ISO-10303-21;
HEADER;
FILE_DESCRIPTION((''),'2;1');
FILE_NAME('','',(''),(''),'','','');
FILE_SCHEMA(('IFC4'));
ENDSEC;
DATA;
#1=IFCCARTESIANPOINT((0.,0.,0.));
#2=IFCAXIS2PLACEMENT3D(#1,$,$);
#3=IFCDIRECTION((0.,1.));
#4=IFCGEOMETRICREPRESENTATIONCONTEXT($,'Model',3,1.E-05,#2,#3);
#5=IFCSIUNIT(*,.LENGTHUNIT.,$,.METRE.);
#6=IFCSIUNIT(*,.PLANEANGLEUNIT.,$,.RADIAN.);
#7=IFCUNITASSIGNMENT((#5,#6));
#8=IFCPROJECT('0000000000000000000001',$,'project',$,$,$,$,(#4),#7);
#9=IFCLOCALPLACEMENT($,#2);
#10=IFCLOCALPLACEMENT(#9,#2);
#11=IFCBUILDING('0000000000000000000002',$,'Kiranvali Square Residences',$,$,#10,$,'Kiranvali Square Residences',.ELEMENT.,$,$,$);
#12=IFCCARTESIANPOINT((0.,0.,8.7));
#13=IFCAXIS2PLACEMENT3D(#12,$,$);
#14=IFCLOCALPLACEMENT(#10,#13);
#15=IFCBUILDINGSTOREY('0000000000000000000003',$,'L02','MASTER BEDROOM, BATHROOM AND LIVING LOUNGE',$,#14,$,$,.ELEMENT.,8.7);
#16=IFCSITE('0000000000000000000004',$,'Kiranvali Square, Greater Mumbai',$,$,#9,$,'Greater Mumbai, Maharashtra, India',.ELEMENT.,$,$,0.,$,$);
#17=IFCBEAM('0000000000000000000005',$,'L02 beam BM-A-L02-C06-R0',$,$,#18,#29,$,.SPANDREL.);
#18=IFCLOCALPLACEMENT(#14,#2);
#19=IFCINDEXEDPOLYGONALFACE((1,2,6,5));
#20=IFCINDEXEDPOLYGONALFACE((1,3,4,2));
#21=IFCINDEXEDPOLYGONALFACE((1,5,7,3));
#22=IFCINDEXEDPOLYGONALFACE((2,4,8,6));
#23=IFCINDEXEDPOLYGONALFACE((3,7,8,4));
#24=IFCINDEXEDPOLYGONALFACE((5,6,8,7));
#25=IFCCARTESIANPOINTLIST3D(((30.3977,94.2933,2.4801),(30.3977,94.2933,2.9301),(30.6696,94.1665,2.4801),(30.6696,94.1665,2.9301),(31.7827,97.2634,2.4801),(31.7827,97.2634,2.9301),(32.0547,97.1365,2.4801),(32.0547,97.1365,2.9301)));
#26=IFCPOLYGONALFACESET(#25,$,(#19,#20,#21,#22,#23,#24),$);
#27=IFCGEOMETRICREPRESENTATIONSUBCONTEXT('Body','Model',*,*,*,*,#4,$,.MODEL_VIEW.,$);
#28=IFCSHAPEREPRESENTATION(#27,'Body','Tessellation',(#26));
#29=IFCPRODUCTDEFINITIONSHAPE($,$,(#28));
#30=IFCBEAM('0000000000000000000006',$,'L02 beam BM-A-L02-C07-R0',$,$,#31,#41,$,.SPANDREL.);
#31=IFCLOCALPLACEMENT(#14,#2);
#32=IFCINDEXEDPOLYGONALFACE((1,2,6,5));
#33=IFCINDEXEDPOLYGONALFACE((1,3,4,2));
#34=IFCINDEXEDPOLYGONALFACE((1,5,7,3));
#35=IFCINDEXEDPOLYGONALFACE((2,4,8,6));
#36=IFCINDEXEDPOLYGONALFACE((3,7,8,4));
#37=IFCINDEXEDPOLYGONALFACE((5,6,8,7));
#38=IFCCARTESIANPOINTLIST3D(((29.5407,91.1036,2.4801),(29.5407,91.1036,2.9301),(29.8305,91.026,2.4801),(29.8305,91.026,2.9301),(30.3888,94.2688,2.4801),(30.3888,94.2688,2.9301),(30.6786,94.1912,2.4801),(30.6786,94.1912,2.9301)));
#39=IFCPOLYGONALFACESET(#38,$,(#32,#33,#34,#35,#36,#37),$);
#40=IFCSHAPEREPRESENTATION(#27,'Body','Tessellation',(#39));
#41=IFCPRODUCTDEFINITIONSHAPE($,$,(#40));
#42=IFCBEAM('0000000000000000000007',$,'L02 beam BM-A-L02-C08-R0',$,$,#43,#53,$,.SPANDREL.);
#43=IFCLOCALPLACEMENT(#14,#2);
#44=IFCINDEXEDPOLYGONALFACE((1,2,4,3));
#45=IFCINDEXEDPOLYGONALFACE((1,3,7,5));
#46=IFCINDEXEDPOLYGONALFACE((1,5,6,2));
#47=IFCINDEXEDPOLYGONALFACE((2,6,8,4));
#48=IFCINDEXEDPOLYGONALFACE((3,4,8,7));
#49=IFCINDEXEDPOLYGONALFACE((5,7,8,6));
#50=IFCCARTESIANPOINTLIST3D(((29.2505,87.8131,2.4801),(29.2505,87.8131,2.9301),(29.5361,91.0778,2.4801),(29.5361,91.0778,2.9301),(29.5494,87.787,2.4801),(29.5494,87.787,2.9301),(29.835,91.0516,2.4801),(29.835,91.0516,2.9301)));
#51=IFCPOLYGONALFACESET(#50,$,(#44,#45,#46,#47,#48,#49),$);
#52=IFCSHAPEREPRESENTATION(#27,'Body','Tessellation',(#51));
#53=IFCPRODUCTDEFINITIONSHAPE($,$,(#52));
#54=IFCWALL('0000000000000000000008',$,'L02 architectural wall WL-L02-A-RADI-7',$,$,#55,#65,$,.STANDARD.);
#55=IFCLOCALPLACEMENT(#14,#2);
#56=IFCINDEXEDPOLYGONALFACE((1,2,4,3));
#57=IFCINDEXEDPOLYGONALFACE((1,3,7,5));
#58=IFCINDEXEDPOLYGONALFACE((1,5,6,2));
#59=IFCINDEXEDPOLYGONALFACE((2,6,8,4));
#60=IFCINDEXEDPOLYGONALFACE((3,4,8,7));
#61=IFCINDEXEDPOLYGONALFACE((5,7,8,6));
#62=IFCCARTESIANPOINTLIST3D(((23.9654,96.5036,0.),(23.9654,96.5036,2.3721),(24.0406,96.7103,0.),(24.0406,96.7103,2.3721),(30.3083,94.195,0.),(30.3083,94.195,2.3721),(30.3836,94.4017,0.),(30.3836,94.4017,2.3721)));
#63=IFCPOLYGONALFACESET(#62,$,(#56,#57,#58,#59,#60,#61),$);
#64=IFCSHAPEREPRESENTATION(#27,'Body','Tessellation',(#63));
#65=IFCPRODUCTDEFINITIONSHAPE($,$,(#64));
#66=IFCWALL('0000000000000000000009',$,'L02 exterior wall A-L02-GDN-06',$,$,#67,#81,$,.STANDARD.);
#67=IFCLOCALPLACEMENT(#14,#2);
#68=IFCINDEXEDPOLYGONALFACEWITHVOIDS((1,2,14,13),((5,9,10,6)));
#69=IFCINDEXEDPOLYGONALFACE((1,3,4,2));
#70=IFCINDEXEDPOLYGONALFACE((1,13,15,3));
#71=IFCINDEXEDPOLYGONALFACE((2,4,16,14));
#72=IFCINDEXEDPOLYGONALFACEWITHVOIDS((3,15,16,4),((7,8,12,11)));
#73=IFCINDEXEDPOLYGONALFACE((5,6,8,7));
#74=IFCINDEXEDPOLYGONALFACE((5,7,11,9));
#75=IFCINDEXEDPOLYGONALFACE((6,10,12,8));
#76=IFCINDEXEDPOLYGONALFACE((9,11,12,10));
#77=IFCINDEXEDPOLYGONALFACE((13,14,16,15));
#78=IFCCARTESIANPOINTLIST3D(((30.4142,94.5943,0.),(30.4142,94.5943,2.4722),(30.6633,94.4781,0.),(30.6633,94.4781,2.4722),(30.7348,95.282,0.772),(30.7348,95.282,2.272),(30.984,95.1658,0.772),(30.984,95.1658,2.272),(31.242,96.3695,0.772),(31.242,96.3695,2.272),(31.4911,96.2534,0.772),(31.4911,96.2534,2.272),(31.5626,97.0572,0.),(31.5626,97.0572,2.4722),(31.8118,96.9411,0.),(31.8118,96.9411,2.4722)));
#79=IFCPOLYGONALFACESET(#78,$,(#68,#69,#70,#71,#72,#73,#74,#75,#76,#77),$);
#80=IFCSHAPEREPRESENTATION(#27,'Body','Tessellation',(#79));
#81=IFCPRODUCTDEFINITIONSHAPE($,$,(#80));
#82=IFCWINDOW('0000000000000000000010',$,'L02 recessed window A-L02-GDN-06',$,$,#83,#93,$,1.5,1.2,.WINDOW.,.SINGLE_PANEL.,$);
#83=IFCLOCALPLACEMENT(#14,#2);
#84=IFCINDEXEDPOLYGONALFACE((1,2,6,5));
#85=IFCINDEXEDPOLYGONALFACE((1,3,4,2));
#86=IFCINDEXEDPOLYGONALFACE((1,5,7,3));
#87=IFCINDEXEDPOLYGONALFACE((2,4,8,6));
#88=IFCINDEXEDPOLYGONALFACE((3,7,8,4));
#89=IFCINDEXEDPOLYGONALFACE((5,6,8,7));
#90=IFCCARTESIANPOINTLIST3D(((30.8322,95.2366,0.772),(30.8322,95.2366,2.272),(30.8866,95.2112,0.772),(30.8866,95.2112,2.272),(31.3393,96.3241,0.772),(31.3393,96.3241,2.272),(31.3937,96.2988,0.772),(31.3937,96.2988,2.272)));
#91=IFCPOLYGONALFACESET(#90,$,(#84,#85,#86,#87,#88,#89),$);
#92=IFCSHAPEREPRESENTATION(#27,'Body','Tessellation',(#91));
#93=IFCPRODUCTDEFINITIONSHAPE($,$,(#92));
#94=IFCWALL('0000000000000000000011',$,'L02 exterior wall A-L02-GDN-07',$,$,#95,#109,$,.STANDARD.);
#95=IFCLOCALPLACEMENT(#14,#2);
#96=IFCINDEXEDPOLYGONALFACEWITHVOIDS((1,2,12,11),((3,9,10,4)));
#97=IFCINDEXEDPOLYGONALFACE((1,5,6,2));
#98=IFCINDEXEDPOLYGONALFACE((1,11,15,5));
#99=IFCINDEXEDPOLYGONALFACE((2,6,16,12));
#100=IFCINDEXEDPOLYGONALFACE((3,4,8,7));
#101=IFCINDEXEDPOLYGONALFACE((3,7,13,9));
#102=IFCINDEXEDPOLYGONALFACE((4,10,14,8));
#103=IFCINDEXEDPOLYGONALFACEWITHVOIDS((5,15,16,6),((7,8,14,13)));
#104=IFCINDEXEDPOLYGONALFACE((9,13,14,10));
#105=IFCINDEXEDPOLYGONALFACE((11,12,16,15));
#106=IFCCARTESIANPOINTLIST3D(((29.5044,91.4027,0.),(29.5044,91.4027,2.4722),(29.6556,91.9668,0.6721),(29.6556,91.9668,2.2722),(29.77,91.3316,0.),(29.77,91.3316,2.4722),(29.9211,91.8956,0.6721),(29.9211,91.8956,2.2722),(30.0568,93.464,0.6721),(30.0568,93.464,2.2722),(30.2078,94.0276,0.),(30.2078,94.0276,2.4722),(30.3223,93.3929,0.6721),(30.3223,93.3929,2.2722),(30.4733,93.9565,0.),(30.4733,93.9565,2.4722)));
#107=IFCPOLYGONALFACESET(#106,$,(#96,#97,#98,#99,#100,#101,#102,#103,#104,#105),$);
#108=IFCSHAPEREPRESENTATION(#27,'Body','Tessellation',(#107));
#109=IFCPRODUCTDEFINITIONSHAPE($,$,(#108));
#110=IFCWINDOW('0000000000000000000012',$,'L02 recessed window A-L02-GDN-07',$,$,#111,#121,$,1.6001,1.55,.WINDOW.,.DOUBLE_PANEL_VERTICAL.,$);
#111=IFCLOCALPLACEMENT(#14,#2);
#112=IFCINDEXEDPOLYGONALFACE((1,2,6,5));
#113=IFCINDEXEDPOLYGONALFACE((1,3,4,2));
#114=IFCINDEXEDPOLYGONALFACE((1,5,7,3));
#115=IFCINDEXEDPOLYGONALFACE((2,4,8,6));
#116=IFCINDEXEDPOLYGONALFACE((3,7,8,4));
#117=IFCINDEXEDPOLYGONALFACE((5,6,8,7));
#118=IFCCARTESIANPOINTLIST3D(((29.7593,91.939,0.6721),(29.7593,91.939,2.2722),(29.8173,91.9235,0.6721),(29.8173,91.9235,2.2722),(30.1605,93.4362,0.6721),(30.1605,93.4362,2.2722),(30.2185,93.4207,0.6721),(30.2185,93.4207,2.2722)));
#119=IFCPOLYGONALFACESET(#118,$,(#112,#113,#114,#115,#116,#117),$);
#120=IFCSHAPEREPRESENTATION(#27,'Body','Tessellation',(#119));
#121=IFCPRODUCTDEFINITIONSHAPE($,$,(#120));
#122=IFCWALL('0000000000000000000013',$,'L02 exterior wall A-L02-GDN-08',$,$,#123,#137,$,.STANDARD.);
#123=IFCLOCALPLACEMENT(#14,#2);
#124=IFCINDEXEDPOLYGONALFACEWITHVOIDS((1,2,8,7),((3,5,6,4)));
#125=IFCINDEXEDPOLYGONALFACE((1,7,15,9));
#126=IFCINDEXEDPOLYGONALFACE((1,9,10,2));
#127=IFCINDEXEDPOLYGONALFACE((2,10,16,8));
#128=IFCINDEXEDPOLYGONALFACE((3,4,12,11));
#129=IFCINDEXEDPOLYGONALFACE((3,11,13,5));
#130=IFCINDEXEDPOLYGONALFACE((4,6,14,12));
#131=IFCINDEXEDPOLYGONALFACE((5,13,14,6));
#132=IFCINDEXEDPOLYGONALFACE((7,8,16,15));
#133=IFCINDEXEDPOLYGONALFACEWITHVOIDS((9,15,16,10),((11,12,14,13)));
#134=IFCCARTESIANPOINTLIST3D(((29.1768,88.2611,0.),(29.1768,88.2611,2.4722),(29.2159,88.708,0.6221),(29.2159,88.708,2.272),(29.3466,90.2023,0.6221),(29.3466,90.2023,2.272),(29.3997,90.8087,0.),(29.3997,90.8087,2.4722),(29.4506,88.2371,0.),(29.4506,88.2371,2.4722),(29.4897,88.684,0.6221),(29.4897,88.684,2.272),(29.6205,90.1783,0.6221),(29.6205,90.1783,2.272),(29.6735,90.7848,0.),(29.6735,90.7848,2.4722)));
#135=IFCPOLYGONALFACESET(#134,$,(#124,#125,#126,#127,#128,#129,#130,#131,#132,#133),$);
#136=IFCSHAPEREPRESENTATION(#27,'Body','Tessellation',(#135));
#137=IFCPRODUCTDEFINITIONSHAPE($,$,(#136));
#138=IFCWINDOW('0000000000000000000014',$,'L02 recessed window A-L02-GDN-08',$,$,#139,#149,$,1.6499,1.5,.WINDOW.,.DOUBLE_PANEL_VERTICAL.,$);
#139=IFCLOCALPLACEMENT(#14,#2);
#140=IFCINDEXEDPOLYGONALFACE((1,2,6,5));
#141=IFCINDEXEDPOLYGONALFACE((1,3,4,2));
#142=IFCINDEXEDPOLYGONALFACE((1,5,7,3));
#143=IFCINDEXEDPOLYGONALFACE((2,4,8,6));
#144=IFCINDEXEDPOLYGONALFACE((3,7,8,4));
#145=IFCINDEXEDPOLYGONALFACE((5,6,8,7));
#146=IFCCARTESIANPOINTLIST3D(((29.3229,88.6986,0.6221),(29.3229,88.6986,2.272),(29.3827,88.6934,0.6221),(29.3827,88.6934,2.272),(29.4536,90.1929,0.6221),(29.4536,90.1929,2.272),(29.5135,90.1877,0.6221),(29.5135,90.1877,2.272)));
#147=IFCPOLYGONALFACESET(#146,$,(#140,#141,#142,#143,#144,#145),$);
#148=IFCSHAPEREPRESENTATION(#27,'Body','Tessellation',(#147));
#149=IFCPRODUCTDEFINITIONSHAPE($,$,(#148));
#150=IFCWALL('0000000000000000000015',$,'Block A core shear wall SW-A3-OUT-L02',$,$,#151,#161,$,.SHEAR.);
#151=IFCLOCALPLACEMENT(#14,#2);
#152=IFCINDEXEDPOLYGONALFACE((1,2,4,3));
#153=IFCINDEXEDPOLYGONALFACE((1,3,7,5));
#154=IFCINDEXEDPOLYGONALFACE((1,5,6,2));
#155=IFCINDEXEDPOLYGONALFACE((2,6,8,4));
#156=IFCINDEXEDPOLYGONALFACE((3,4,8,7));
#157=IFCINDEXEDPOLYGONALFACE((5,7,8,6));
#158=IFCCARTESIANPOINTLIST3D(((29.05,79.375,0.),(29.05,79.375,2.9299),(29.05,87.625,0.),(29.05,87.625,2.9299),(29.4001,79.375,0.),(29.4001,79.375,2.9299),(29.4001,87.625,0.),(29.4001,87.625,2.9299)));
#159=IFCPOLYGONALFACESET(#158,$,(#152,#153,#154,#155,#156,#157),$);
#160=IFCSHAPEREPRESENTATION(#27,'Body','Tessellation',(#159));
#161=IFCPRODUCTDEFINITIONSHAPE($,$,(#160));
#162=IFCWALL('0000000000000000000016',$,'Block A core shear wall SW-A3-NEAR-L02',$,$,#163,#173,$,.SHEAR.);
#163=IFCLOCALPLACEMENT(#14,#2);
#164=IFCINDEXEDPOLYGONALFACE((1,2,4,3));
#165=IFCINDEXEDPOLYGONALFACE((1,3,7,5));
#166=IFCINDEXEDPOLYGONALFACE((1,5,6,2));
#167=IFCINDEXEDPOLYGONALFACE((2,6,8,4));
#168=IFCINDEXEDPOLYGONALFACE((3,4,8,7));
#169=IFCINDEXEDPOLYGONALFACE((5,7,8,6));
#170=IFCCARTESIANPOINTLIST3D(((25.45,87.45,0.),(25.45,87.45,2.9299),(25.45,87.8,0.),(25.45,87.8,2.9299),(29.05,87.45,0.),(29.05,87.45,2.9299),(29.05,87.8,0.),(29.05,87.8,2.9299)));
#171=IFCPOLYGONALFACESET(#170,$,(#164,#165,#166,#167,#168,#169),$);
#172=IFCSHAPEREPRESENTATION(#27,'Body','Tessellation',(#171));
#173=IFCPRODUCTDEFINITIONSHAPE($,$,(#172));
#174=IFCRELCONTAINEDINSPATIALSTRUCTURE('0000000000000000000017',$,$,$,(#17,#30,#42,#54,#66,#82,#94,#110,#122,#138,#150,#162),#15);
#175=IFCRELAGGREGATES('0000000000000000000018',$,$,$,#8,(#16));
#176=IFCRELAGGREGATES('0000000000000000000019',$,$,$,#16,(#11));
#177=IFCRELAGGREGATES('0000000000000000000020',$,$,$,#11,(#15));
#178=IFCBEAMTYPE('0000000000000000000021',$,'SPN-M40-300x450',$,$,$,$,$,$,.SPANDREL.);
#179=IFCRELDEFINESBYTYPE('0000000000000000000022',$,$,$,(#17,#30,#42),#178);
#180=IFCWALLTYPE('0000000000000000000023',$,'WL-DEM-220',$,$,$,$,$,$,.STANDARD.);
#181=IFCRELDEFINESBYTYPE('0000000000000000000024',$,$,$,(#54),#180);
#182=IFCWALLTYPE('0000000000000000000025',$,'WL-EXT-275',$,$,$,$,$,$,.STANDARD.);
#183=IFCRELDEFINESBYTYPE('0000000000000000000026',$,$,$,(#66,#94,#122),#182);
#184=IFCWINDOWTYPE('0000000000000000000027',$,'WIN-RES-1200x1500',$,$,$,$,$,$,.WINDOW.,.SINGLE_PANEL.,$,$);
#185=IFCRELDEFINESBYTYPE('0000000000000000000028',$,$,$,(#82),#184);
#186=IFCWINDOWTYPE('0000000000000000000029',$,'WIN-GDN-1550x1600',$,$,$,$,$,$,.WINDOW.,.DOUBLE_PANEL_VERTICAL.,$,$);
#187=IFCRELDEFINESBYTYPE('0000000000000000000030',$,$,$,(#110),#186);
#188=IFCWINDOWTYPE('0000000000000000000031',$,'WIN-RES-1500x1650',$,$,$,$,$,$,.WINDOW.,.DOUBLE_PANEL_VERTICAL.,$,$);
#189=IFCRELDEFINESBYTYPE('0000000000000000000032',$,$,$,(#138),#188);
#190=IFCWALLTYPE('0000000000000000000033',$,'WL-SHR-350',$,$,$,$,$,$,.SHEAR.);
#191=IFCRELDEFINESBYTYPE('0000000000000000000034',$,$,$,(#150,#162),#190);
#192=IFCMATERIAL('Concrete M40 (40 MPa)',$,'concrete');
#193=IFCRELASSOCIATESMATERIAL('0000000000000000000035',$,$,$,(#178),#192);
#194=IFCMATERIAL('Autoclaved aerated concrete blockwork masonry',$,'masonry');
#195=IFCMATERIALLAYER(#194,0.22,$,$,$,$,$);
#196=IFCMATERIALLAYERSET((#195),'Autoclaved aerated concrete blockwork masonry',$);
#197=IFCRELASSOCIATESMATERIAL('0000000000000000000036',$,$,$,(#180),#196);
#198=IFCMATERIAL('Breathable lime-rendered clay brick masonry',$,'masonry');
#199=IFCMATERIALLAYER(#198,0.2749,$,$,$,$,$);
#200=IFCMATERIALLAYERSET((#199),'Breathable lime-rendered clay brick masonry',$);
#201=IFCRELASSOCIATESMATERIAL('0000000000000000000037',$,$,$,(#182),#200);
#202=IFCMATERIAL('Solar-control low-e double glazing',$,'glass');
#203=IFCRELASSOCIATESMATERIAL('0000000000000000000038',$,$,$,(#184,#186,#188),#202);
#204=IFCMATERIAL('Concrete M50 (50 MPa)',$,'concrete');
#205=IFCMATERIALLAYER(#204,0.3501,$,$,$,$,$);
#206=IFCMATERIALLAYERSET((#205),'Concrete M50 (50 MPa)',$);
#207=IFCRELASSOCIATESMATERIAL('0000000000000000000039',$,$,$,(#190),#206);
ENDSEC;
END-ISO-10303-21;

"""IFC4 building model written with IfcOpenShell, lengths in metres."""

from ifc_helpers import new_model, si_unit, direction, frame, frame_2d, origin, origin_2d, place, context, subcontext, project, spatial, rectangle, extrude, material, layer, layer_set, material_profile, profile_set, type_object, element, fill, save


model = new_model("IFC4")

# Units and contexts
model_context = context("Model", 3, precision=1e-05, world=origin(), true_north=direction((0.0, 1.0)))
body_context = subcontext(model_context, "Body", "Model", "MODEL_VIEW")
ifc_project = project(units=[si_unit("LENGTHUNIT", "METRE"), si_unit("PLANEANGLEUNIT", "RADIAN")], contexts=[model_context])

# Site, building, storey
site_placement = place(None, origin())
site = spatial("IfcSite", under=ifc_project, at=site_placement, Name="Kiranvali Square, Greater Mumbai", LongName="Greater Mumbai, Maharashtra, India", CompositionType="ELEMENT", RefElevation=0.0)
building_placement = place(site_placement, origin())
building = spatial("IfcBuilding", under=site, at=building_placement, Name="Kiranvali Square Residences", LongName="Kiranvali Square Residences", CompositionType="ELEMENT")
storey_placement = place(building_placement, frame((0.0, 0.0, 8.7)))
storey = spatial("IfcBuildingStorey", under=building, at=storey_placement, Name="L02", Description="MASTER BEDROOM, BATHROOM AND LIVING LOUNGE", CompositionType="ELEMENT", Elevation=8.7)

# Shared definitions
ifc_material_1 = material(Name="Concrete M50 (50 MPa)", Category="concrete")

# Beams
ifc_material_2 = material(Name="Concrete M40 (40 MPa)", Category="concrete")
ifc_material_profile_1 = material_profile(ifc_material_2, rectangle(XDim=0.3, YDim=0.45, at=origin_2d()), Name="RC 300x450")
ifc_profile_set_1 = profile_set([ifc_material_profile_1], Name="Concrete M40 (40 MPa)")
beam_type_1 = type_object("IfcBeamType", Name="SPN-M40-300x450", PredefinedType="SPANDREL", material=ifc_profile_set_1)
beam_1_placement = place(storey_placement, frame((31.9187, 97.2, 2.7051), z_axis=(-0.422641, -0.906297, 0.0), x_axis=(0.906297, -0.422641, 0.0)))
element("IfcBeam", 1, at=beam_1_placement, inside=storey, type_object=beam_type_1, Name="L02 beam BM-A-L02-C06-R0", PredefinedType="SPANDREL", context=body_context, shape_type="SweptSolid", body=[
    extrude(rectangle(XDim=0.3, YDim=0.45, at=origin_2d()), origin(), (0.0, 0.0, 1.0), 3.2771),
])
beam_2_placement = place(storey_placement, frame((30.5337, 94.23, 2.7051), z_axis=(-0.258822, -0.965925, 0.0), x_axis=(0.965925, -0.258822, 0.0)))
element("IfcBeam", 2, at=beam_2_placement, inside=storey, type_object=beam_type_1, Name="L02 beam BM-A-L02-C07-R0", PredefinedType="SPANDREL", context=body_context, shape_type="SweptSolid", body=[
    extrude(rectangle(XDim=0.3, YDim=0.45, at=origin_2d()), origin(), (0.0, 0.0, 1.0), 3.2769),
])
beam_3_placement = place(storey_placement, frame((29.6855, 91.0647, 2.7051), z_axis=(-0.087163, -0.996194, 0.0), x_axis=(0.996194, -0.087163, 0.0)))
element("IfcBeam", 3, at=beam_3_placement, inside=storey, type_object=beam_type_1, Name="L02 beam BM-A-L02-C08-R0", PredefinedType="SPANDREL", context=body_context, shape_type="SweptSolid", body=[
    extrude(rectangle(XDim=0.3, YDim=0.45, at=origin_2d()), origin(), (0.0, 0.0, 1.0), 3.2771),
])

# Wall
ifc_material_3 = material(Name="Autoclaved aerated concrete blockwork masonry", Category="masonry")
ifc_layer_1 = layer(ifc_material_3, 0.22)
ifc_layer_set_1 = layer_set([ifc_layer_1], Name="Autoclaved aerated concrete blockwork masonry")
wall_type_1 = type_object("IfcWallType", Name="WL-DEM-220", PredefinedType="STANDARD", material=ifc_layer_set_1)
wall_1_placement = place(storey_placement, frame((30.3459, 94.2983, 0.0), z_axis=(0.0, 0.0, 1.0), x_axis=(-0.939696, 0.34201, 0.0)))
element("IfcWall", 4, at=wall_1_placement, inside=storey, type_object=wall_type_1, Name="L02 architectural wall WL-L02-A-RADI-7", PredefinedType="STANDARD", context=body_context, shape_type="SweptSolid", body=[
    extrude(rectangle(XDim=6.75, YDim=0.22, at=frame_2d((3.375, 0.0))), origin(), (0.0, 0.0, 1.0), 2.3721),
])

# Walls, openings, windows
ifc_material_4 = material(Name="Breathable lime-rendered clay brick masonry", Category="masonry")
ifc_layer_2 = layer(ifc_material_4, 0.2749)
ifc_layer_set_2 = layer_set([ifc_layer_2], Name="Breathable lime-rendered clay brick masonry")
wall_type_2 = type_object("IfcWallType", Name="WL-EXT-275", PredefinedType="STANDARD", material=ifc_layer_set_2)
wall_2_placement = place(storey_placement, frame((31.6873, 96.9993, 0.0), z_axis=(0.0, 0.0, 1.0), x_axis=(-0.42261, -0.906312, 0.0)))
wall_2 = element("IfcWall", 5, at=wall_2_placement, inside=storey, type_object=wall_type_2, Name="L02 exterior wall A-L02-GDN-06", PredefinedType="STANDARD", context=body_context, shape_type="SweptSolid", body=[
    extrude(rectangle(XDim=2.7175, YDim=0.2749, at=frame_2d((1.3589, 0.0))), origin(), (0.0, 0.0, 1.0), 2.4722),
])
opening_1_placement = place(wall_2_placement, frame((0.7588, 0.0, 0.772)))
opening_1 = element("IfcOpeningElement", 6, at=opening_1_placement, cuts=wall_2, PredefinedType="OPENING", context=body_context, shape_type="SweptSolid", body=[
    extrude(rectangle(XDim=1.2, YDim=1.5, at=frame_2d((0.6001, 0.75))), frame((0.0, 0.1475, 0.0), z_axis=(0.0, -1.0, 0.0), x_axis=(1.0, 0.0, 0.0)), (0.0, 0.0, 1.0), 0.2949),
])
ifc_material_5 = material(Name="Solar-control low-e double glazing", Category="glass")
window_type_1 = type_object("IfcWindowType", Name="WIN-RES-1200x1500", PartitioningType="SINGLE_PANEL", PredefinedType="WINDOW", material=ifc_material_5)
window_1_placement = place(opening_1_placement, origin())
window_1 = element("IfcWindow", 7, at=window_1_placement, inside=storey, type_object=window_type_1, Name="L02 recessed window A-L02-GDN-06", OverallHeight=1.5, OverallWidth=1.2, PartitioningType="SINGLE_PANEL", PredefinedType="WINDOW", context=body_context, shape_type="SweptSolid", body=[
    extrude(rectangle(XDim=1.2, YDim=1.5, at=frame_2d((0.6001, 0.75))), frame((0.0, 0.03, 0.0), z_axis=(0.0, -1.0, 0.0), x_axis=(1.0, 0.0, 0.0)), (0.0, 0.0, 1.0), 0.0601),
])
fill(opening_1, window_1)
wall_3_placement = place(storey_placement, frame((30.3406, 93.9922, 0.0), z_axis=(0.0, 0.0, 1.0), x_axis=(-0.25882, -0.965926, 0.0)))
wall_3 = element("IfcWall", 8, at=wall_3_placement, inside=storey, type_object=wall_type_2, Name="L02 exterior wall A-L02-GDN-07", PredefinedType="STANDARD", context=body_context, shape_type="SweptSolid", body=[
    extrude(rectangle(XDim=2.7175, YDim=0.2749, at=frame_2d((1.3589, 0.0))), origin(), (0.0, 0.0, 1.0), 2.4722),
])
opening_2_placement = place(wall_3_placement, frame((0.5837, 0.0, 0.6721)))
opening_2 = element("IfcOpeningElement", 9, at=opening_2_placement, cuts=wall_3, PredefinedType="OPENING", context=body_context, shape_type="SweptSolid", body=[
    extrude(rectangle(XDim=1.55, YDim=1.6001, at=frame_2d((0.7749, 0.8))), frame((0.0, 0.1475, 0.0), z_axis=(0.0, -1.0, 0.0), x_axis=(1.0, 0.0, 0.0)), (0.0, 0.0, 1.0), 0.2949),
])
window_type_2 = type_object("IfcWindowType", Name="WIN-GDN-1550x1600", PartitioningType="DOUBLE_PANEL_VERTICAL", PredefinedType="WINDOW", material=ifc_material_5)
window_2_placement = place(opening_2_placement, origin())
window_2 = element("IfcWindow", 10, at=window_2_placement, inside=storey, type_object=window_type_2, Name="L02 recessed window A-L02-GDN-07", OverallHeight=1.6001, OverallWidth=1.55, PartitioningType="DOUBLE_PANEL_VERTICAL", PredefinedType="WINDOW", context=body_context, shape_type="SweptSolid", body=[
    extrude(rectangle(XDim=1.55, YDim=1.6001, at=frame_2d((0.7749, 0.8))), frame((0.0, 0.03, 0.0), z_axis=(0.0, -1.0, 0.0), x_axis=(1.0, 0.0, 0.0)), (0.0, 0.0, 1.0), 0.0601),
])
fill(opening_2, window_2)
wall_4_placement = place(storey_placement, frame((29.5366, 90.7969, 0.0), z_axis=(0.0, 0.0, 1.0), x_axis=(-0.087161, -0.996194, 0.0)))
wall_4 = element("IfcWall", 11, at=wall_4_placement, inside=storey, type_object=wall_type_2, Name="L02 exterior wall A-L02-GDN-08", PredefinedType="STANDARD", context=body_context, shape_type="SweptSolid", body=[
    extrude(rectangle(XDim=2.5574, YDim=0.2749, at=frame_2d((1.2788, 0.0))), origin(), (0.0, 0.0, 1.0), 2.4722),
])
opening_3_placement = place(wall_4_placement, frame((0.6089, 0.0, 0.6221)))
opening_3 = element("IfcOpeningElement", 12, at=opening_3_placement, cuts=wall_4, PredefinedType="OPENING", context=body_context, shape_type="SweptSolid", body=[
    extrude(rectangle(XDim=1.5, YDim=1.6499, at=frame_2d((0.75, 0.825))), frame((0.0, 0.1475, 0.0), z_axis=(0.0, -1.0, 0.0), x_axis=(1.0, 0.0, 0.0)), (0.0, 0.0, 1.0), 0.2949),
])
window_type_3 = type_object("IfcWindowType", Name="WIN-RES-1500x1650", PartitioningType="DOUBLE_PANEL_VERTICAL", PredefinedType="WINDOW", material=ifc_material_5)
window_3_placement = place(opening_3_placement, origin())
window_3 = element("IfcWindow", 13, at=window_3_placement, inside=storey, type_object=window_type_3, Name="L02 recessed window A-L02-GDN-08", OverallHeight=1.6499, OverallWidth=1.5, PartitioningType="DOUBLE_PANEL_VERTICAL", PredefinedType="WINDOW", context=body_context, shape_type="SweptSolid", body=[
    extrude(rectangle(XDim=1.5, YDim=1.6499, at=frame_2d((0.75, 0.825))), frame((0.0, 0.03, 0.0), z_axis=(0.0, -1.0, 0.0), x_axis=(1.0, 0.0, 0.0)), (0.0, 0.0, 1.0), 0.0601),
])
fill(opening_3, window_3)

# Walls
ifc_layer_3 = layer(ifc_material_1, 0.3501)
ifc_layer_set_3 = layer_set([ifc_layer_3], Name="Concrete M50 (50 MPa)")
wall_type_3 = type_object("IfcWallType", Name="WL-SHR-350", PredefinedType="SHEAR", material=ifc_layer_set_3)
wall_5_placement = place(storey_placement, frame((29.2251, 87.625, 0.0), z_axis=(0.0, 0.0, 1.0), x_axis=(0.0, -1.0, 0.0)))
element("IfcWall", 14, at=wall_5_placement, inside=storey, type_object=wall_type_3, Name="Block A core shear wall SW-A3-OUT-L02", PredefinedType="SHEAR", context=body_context, shape_type="SweptSolid", body=[
    extrude(rectangle(XDim=8.25, YDim=0.3501, at=frame_2d((4.125, 0.0))), origin(), (0.0, 0.0, 1.0), 2.9299),
])
wall_6_placement = place(storey_placement, frame((29.05, 87.625, 0.0), z_axis=(0.0, 0.0, 1.0), x_axis=(-1.0, 0.0, 0.0)))
element("IfcWall", 15, at=wall_6_placement, inside=storey, type_object=wall_type_3, Name="Block A core shear wall SW-A3-NEAR-L02", PredefinedType="SHEAR", context=body_context, shape_type="SweptSolid", body=[
    extrude(rectangle(XDim=3.6001, YDim=0.3501, at=frame_2d((1.8, 0.0))), origin(), (0.0, 0.0, 1.0), 2.9299),
])

save(model, "model.ifc")
